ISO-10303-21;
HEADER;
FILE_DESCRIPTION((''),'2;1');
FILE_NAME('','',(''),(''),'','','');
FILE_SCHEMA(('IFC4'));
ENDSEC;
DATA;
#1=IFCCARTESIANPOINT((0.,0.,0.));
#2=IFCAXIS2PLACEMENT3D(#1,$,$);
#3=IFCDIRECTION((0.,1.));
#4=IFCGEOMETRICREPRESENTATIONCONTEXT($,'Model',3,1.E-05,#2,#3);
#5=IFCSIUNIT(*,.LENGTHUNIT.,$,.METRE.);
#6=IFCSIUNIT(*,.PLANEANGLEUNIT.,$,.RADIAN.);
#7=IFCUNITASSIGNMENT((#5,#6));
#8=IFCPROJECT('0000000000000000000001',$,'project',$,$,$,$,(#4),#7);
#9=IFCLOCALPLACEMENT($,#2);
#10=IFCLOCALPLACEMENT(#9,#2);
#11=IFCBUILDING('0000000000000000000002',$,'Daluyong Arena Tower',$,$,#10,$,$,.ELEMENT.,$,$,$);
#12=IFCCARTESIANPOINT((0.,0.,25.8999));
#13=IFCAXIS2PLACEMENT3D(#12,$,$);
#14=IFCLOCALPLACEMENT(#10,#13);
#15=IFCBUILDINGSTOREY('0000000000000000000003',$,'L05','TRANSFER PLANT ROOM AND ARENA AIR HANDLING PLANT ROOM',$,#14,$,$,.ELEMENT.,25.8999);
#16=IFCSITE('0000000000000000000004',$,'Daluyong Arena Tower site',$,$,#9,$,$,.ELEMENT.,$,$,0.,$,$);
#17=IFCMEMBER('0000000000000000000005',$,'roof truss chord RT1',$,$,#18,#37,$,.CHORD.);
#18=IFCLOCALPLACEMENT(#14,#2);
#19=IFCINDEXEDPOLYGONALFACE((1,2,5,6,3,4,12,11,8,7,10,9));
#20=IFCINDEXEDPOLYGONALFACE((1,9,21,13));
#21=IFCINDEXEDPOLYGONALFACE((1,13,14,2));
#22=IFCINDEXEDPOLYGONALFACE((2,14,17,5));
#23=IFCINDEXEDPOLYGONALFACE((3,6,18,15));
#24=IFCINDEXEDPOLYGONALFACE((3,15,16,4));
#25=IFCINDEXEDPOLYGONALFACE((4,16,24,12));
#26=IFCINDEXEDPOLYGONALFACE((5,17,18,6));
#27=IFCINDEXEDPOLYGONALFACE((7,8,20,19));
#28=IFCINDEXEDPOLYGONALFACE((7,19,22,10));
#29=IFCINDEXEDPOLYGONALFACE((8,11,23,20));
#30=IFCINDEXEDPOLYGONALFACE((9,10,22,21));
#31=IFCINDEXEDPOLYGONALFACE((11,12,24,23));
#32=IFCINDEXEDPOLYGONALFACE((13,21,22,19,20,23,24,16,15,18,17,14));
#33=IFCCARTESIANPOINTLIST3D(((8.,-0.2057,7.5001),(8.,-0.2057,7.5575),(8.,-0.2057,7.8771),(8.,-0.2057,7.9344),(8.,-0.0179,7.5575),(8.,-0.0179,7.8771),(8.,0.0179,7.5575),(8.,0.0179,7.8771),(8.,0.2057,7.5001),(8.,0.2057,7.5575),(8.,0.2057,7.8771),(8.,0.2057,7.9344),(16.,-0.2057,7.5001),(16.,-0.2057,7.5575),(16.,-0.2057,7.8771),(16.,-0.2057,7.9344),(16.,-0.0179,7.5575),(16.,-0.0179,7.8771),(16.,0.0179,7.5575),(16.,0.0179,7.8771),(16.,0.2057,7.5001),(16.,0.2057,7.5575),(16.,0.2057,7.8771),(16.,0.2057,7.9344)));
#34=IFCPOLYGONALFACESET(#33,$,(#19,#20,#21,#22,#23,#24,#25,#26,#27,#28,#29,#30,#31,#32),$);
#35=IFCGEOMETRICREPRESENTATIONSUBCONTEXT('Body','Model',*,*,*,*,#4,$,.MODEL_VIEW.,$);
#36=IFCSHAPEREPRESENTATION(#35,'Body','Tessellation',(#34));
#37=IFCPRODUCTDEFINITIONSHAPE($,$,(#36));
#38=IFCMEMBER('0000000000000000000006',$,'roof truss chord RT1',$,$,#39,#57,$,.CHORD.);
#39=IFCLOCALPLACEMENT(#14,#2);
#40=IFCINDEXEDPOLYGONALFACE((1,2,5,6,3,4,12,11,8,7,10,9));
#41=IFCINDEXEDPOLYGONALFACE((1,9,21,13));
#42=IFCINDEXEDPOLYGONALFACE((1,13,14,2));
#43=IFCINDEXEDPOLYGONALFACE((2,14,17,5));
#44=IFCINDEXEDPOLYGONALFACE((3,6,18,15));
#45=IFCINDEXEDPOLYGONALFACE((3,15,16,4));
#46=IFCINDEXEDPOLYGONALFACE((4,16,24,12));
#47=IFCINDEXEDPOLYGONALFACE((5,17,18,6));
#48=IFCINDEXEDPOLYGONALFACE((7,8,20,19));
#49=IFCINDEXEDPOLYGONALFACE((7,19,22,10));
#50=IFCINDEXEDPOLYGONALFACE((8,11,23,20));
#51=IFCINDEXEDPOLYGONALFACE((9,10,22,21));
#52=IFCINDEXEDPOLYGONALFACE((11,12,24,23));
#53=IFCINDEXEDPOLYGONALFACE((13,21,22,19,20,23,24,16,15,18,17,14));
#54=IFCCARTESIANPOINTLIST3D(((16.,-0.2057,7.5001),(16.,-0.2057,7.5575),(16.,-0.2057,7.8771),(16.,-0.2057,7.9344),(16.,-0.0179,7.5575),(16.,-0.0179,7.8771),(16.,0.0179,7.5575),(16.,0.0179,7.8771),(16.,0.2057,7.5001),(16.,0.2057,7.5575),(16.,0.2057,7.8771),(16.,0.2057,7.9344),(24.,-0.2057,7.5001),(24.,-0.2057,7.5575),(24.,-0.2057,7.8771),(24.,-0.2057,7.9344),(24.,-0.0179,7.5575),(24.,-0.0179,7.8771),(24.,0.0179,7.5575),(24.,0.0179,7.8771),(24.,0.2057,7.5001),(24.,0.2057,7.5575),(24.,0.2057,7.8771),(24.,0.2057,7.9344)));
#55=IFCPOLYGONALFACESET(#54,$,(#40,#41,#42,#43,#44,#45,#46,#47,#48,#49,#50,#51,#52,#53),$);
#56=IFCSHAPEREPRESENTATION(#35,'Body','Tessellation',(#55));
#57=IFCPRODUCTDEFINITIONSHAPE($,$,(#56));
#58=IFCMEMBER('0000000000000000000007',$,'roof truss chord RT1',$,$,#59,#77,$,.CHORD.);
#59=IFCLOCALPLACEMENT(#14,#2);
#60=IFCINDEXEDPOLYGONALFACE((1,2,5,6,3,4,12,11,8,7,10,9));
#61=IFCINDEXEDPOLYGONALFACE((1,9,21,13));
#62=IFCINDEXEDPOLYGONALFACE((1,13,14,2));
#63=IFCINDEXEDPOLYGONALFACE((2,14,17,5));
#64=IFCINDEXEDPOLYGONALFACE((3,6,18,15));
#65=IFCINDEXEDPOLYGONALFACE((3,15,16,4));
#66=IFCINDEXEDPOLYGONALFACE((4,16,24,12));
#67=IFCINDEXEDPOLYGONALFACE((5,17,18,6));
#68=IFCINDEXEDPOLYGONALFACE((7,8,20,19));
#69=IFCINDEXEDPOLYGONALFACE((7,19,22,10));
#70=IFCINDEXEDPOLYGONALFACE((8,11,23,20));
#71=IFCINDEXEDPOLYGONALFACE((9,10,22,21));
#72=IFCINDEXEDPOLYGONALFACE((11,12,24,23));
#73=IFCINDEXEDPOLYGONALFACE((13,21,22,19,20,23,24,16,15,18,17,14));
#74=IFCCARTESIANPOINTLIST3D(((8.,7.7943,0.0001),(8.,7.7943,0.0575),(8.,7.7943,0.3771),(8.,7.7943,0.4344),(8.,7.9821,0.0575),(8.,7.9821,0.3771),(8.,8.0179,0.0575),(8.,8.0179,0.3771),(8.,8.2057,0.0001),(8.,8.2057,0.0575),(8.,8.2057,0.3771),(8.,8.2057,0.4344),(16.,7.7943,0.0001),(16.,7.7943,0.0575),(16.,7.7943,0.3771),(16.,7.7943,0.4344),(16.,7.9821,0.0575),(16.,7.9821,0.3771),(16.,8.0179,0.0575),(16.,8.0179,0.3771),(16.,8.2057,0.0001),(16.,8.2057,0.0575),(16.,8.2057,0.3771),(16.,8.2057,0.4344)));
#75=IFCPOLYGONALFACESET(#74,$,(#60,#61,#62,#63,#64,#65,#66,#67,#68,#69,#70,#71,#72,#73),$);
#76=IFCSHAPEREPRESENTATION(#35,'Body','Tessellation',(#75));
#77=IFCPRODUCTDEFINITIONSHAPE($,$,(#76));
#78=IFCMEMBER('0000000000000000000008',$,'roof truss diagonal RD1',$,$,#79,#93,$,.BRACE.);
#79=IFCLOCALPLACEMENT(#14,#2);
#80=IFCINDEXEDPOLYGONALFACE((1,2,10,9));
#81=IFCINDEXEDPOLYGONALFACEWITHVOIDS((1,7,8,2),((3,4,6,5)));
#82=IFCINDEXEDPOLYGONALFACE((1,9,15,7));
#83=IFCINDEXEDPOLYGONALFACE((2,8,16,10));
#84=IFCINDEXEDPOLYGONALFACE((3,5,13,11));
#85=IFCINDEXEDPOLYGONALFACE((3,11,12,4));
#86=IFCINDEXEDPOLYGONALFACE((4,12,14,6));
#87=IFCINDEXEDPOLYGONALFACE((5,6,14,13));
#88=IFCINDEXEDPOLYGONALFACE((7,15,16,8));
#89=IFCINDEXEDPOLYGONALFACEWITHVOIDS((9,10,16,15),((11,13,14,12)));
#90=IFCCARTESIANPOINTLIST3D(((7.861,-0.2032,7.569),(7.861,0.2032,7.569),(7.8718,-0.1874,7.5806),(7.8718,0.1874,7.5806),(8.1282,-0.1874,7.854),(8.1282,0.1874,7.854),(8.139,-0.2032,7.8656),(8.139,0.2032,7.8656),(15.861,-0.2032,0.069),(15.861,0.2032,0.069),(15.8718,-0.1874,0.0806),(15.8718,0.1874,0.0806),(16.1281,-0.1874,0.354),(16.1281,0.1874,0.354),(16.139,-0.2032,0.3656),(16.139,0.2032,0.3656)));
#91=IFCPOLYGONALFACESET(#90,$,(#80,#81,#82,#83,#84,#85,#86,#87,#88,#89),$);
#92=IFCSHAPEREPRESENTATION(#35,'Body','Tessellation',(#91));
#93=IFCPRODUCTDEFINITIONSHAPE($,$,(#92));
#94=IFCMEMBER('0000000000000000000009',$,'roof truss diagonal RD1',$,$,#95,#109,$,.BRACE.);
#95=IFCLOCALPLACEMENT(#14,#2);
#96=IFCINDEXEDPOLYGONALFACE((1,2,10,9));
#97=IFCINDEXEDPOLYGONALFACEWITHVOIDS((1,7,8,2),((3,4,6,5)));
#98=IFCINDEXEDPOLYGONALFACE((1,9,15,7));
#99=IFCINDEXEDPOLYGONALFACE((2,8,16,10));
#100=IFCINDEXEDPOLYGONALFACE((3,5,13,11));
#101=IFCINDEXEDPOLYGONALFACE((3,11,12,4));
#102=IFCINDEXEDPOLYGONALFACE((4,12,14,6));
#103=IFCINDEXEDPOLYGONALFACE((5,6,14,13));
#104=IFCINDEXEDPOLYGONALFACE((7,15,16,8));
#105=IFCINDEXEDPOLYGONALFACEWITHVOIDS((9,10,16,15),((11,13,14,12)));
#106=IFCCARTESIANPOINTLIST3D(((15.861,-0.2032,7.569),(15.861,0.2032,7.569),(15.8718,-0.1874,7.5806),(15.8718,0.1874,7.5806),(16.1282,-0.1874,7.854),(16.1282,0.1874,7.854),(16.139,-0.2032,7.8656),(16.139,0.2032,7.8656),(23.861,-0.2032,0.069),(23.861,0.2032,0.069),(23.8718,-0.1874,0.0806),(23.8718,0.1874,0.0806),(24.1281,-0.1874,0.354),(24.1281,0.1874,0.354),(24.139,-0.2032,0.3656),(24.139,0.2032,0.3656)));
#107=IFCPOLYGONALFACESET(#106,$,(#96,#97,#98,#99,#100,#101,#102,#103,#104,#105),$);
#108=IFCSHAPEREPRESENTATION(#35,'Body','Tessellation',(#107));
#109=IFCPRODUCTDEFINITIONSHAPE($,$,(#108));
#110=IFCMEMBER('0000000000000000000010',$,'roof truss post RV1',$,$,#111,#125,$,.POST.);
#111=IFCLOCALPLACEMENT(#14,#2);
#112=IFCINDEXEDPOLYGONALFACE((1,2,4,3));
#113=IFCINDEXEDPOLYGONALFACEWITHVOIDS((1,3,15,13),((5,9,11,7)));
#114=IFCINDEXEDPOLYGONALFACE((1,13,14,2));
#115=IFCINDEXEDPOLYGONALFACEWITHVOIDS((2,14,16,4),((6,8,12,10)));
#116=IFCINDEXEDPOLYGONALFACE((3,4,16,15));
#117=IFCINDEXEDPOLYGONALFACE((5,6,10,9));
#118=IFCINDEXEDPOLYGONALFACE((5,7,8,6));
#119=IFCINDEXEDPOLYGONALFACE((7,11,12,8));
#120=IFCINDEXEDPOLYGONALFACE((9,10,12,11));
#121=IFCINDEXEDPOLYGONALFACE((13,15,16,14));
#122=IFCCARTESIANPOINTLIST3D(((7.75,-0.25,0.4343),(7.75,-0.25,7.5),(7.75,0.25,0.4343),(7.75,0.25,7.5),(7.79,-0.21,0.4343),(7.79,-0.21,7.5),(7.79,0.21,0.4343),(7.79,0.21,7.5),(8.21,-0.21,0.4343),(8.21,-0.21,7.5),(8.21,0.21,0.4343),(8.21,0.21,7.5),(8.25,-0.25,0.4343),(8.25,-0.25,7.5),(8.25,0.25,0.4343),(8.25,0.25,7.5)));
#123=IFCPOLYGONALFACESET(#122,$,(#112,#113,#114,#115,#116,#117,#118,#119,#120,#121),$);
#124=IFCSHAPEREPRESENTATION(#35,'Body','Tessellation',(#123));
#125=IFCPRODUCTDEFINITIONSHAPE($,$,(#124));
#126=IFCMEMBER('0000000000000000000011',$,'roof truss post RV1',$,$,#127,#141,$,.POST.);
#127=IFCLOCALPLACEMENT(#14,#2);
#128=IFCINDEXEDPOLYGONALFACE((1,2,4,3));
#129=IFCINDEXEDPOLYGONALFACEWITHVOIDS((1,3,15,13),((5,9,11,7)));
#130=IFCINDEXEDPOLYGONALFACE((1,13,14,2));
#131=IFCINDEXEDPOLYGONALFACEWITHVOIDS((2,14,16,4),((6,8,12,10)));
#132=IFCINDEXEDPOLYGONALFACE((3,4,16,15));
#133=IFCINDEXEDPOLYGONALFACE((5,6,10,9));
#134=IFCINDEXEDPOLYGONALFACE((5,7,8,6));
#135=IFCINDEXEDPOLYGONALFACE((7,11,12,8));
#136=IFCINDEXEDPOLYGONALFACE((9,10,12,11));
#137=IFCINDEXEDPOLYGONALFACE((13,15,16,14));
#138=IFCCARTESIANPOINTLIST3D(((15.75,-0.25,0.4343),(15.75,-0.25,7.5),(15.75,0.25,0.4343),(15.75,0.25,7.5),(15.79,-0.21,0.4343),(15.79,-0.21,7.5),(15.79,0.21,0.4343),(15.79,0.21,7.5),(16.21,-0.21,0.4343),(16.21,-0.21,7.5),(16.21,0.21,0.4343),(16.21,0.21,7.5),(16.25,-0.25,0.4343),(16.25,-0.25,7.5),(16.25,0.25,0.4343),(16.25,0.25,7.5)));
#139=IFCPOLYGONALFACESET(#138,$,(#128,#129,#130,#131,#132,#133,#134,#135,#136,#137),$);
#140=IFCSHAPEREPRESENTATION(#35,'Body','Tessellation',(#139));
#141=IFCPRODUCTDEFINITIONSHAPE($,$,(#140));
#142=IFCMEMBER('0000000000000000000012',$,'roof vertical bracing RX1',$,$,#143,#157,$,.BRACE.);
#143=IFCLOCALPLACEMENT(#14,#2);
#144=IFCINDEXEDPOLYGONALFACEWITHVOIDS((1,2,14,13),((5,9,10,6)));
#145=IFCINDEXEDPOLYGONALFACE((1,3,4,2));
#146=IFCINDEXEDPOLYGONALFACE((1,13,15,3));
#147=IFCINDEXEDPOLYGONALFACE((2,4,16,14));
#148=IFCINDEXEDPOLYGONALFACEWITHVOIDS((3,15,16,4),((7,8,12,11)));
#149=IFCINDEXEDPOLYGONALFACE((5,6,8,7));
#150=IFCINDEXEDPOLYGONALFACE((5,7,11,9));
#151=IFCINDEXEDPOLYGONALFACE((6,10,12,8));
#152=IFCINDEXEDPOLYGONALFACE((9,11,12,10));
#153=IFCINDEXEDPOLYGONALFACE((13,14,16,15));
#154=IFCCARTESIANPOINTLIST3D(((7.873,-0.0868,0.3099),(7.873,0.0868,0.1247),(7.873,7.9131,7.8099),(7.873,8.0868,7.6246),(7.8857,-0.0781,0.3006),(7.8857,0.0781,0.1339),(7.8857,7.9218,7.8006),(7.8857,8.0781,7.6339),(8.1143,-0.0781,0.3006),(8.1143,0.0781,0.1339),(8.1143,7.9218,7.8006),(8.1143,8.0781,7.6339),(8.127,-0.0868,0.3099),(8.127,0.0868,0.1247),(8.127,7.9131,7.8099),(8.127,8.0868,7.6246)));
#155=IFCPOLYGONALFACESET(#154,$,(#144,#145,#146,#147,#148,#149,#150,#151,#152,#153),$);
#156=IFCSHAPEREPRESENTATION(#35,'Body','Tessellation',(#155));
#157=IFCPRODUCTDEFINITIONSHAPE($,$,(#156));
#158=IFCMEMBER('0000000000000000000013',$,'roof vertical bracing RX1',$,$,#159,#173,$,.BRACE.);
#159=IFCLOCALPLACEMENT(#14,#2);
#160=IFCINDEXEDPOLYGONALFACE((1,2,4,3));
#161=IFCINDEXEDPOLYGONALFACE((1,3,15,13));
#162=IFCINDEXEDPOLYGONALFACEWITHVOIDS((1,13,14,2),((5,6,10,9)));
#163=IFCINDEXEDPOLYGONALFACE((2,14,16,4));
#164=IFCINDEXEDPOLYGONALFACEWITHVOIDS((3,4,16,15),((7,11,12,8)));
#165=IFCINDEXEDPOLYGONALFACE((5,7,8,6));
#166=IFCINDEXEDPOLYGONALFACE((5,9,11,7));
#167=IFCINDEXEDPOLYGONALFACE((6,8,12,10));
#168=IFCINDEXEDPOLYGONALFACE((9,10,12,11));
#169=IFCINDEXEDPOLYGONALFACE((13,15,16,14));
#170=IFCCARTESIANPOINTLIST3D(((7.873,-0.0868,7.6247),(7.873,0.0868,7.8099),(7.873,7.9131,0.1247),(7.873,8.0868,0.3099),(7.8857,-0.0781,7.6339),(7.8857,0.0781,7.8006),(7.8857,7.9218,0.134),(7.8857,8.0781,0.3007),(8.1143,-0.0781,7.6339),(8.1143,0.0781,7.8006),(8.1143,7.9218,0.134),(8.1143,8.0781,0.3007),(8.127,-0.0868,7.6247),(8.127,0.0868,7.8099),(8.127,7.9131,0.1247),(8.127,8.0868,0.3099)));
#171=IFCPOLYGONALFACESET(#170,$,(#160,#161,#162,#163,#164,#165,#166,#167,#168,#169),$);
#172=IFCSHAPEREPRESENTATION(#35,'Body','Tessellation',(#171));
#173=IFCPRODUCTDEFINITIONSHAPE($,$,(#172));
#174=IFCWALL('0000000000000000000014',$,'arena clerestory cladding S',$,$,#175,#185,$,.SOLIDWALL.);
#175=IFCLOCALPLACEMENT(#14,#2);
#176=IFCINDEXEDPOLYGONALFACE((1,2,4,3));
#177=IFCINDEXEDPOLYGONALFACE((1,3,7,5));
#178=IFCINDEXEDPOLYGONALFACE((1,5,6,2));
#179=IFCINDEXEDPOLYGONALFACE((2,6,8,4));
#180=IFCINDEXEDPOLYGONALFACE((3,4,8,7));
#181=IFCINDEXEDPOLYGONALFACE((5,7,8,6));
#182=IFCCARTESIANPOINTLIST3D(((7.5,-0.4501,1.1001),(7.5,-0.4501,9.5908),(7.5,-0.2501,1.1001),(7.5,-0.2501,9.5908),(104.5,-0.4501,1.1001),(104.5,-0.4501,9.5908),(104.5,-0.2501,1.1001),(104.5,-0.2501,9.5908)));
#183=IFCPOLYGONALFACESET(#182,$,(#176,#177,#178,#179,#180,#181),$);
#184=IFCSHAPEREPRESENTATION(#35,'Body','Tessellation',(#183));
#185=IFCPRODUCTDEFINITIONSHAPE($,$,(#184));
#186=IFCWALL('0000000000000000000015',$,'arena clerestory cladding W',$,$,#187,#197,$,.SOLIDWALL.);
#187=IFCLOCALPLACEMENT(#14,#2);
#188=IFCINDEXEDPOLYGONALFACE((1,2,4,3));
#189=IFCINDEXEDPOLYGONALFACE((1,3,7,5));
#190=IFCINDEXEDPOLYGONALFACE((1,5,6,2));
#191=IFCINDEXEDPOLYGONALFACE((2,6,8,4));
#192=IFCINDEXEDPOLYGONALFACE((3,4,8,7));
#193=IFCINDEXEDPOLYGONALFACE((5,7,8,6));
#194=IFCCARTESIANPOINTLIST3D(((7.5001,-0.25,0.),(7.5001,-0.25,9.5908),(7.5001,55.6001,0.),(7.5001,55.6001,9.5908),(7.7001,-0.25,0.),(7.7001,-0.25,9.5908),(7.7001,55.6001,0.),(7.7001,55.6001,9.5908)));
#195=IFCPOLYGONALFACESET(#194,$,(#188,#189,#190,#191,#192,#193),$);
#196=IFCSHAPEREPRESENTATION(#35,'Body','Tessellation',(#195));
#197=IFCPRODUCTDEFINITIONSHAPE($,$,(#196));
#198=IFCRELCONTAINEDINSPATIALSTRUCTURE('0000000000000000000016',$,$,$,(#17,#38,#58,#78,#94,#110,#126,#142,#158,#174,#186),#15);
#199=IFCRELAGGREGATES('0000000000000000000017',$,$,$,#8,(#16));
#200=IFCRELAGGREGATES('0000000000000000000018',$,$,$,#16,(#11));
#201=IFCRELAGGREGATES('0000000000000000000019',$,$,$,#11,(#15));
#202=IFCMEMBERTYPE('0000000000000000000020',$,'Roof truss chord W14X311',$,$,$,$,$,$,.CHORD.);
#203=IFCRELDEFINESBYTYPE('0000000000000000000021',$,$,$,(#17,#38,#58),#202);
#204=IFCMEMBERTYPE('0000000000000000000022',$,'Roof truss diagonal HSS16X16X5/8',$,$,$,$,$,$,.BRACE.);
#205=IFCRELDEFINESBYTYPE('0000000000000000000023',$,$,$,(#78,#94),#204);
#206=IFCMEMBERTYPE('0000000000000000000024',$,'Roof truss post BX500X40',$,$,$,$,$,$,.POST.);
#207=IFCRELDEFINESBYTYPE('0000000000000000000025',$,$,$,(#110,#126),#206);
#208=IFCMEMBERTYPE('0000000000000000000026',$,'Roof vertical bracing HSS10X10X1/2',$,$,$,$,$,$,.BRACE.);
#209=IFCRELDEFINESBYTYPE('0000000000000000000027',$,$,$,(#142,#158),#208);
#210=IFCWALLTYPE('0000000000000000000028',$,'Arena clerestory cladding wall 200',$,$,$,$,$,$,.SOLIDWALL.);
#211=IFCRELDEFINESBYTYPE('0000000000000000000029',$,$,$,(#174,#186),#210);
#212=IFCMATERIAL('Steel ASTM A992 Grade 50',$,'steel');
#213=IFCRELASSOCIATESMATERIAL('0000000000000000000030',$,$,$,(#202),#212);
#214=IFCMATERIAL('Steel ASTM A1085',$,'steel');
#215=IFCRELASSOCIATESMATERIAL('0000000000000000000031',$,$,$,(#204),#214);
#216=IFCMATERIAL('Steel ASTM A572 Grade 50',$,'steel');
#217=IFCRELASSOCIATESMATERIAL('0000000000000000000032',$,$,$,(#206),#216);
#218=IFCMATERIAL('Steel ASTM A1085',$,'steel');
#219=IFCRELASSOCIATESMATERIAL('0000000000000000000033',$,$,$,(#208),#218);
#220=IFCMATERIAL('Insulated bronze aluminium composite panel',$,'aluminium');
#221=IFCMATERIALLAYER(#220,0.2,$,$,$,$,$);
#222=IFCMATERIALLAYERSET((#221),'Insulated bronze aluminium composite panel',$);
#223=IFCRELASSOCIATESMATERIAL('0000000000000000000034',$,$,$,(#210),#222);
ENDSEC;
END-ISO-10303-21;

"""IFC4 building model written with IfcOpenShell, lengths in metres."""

from ifc_helpers import new_model, si_unit, direction, frame, frame_2d, origin, origin_2d, place, context, subcontext, project, spatial, rectangle, hollow_rectangle, i_section, extrude, material, layer, layer_set, material_profile, profile_set, type_object, element, save


model = new_model("IFC4")

# Units and contexts
model_context = context("Model", 3, precision=1e-05, world=origin(), true_north=direction((0.0, 1.0)))
body_context = subcontext(model_context, "Body", "Model", "MODEL_VIEW")
ifc_project = project(units=[si_unit("LENGTHUNIT", "METRE"), si_unit("PLANEANGLEUNIT", "RADIAN")], contexts=[model_context])

# Site, building, storey
site_placement = place(None, origin())
site = spatial("IfcSite", under=ifc_project, at=site_placement, Name="Daluyong Arena Tower site", CompositionType="ELEMENT", RefElevation=0.0)
building_placement = place(site_placement, origin())
building = spatial("IfcBuilding", under=site, at=building_placement, Name="Daluyong Arena Tower", CompositionType="ELEMENT")
storey_placement = place(building_placement, frame((0.0, 0.0, 25.8999)))
storey = spatial("IfcBuildingStorey", under=building, at=storey_placement, Name="L05", Description="TRANSFER PLANT ROOM AND ARENA AIR HANDLING PLANT ROOM", CompositionType="ELEMENT", Elevation=25.8999)

# Members
ifc_material_1 = material(Name="Steel ASTM A992 Grade 50", Category="steel")
ifc_material_profile_1 = material_profile(ifc_material_1, i_section(OverallWidth=0.4114, OverallDepth=0.4343, WebThickness=0.0359, FlangeThickness=0.0574, at=origin_2d()))
ifc_profile_set_1 = profile_set([ifc_material_profile_1], Name="Steel ASTM A992 Grade 50")
member_type_1 = type_object("IfcMemberType", Name="Roof truss chord W14X311", PredefinedType="CHORD", material=ifc_profile_set_1)
for number, where, z_axis, x_axis, name in (
    (1, (8.0, 0.0, 7.7173), (1.0, 0.0, 0.0), (0.0, 1.0, 0.0), "roof truss chord RT1"),
    (2, (16.0, 0.0, 7.7173), (1.0, 0.0, 0.0), (0.0, 1.0, 0.0), "roof truss chord RT1"),
    (3, (8.0, 8.0, 0.2173), (1.0, 0.0, 0.0), (0.0, 1.0, 0.0), "roof truss chord RT1"),
):
    element("IfcMember", number, at=place(storey_placement, frame(where, z_axis=z_axis, x_axis=x_axis)), inside=storey, type_object=member_type_1, Name=name, PredefinedType="CHORD", context=body_context, shape_type="SweptSolid", body=[
        extrude(i_section(OverallWidth=0.4114, OverallDepth=0.4343, WebThickness=0.0359, FlangeThickness=0.0574, at=origin_2d()), origin(), (0.0, 0.0, 1.0), 8.0),
    ])
ifc_material_2 = material(Name="Steel ASTM A1085", Category="steel")
ifc_material_profile_2 = material_profile(ifc_material_2, hollow_rectangle(XDim=0.4065, YDim=0.4065, WallThickness=0.0159, at=origin_2d()))
ifc_profile_set_2 = profile_set([ifc_material_profile_2], Name="Steel ASTM A1085")
member_type_2 = type_object("IfcMemberType", Name="Roof truss diagonal HSS16X16X5/8", PredefinedType="BRACE", material=ifc_profile_set_2)
for number, where, z_axis, x_axis, name in (
    (4, (8.0, 0.0, 7.7173), (0.729537, 0.0, -0.683941), (0.0, 1.0, 0.0), "roof truss diagonal RD1"),
    (5, (16.0, 0.0, 7.7173), (0.729537, 0.0, -0.683941), (0.0, 1.0, 0.0), "roof truss diagonal RD1"),
):
    element("IfcMember", number, at=place(storey_placement, frame(where, z_axis=z_axis, x_axis=x_axis)), inside=storey, type_object=member_type_2, Name=name, PredefinedType="BRACE", context=body_context, shape_type="SweptSolid", body=[
        extrude(hollow_rectangle(XDim=0.4065, YDim=0.4065, WallThickness=0.0159, at=origin_2d()), origin(), (0.0, 0.0, 1.0), 10.9658),
    ])
ifc_material_3 = material(Name="Steel ASTM A572 Grade 50", Category="steel")
ifc_material_profile_3 = material_profile(ifc_material_3, hollow_rectangle(XDim=0.5, YDim=0.5, WallThickness=0.04, at=origin_2d()))
ifc_profile_set_3 = profile_set([ifc_material_profile_3], Name="Steel ASTM A572 Grade 50")
member_type_3 = type_object("IfcMemberType", Name="Roof truss post BX500X40", PredefinedType="POST", material=ifc_profile_set_3)
for number, where, z_axis, x_axis, name in (
    (6, (8.0, 0.0, 0.4343), (0.0, 0.0, 1.0), (1.0, 0.0, 0.0), "roof truss post RV1"),
    (7, (16.0, 0.0, 0.4343), (0.0, 0.0, 1.0), (1.0, 0.0, 0.0), "roof truss post RV1"),
):
    element("IfcMember", number, at=place(storey_placement, frame(where, z_axis=z_axis, x_axis=x_axis)), inside=storey, type_object=member_type_3, Name=name, PredefinedType="POST", context=body_context, shape_type="SweptSolid", body=[
        extrude(hollow_rectangle(XDim=0.5, YDim=0.5, WallThickness=0.04, at=origin_2d()), origin(), (0.0, 0.0, 1.0), 7.0657),
    ])
ifc_material_4 = material(Name="Steel ASTM A1085", Category="steel")
ifc_material_profile_4 = material_profile(ifc_material_4, hollow_rectangle(XDim=0.2539, YDim=0.2539, WallThickness=0.0127, at=origin_2d()))
ifc_profile_set_4 = profile_set([ifc_material_profile_4], Name="Steel ASTM A1085")
member_type_4 = type_object("IfcMemberType", Name="Roof vertical bracing HSS10X10X1/2", PredefinedType="BRACE", material=ifc_profile_set_4)
for number, where, z_axis, x_axis, name in (
    (8, (8.0, 0.0, 0.2173), (0.0, 0.729537, 0.683941), (-1.0, 0.0, 0.0), "roof vertical bracing RX1"),
    (9, (8.0, 0.0, 7.7173), (0.0, 0.729537, -0.683941), (-1.0, 0.0, 0.0), "roof vertical bracing RX1"),
):
    element("IfcMember", number, at=place(storey_placement, frame(where, z_axis=z_axis, x_axis=x_axis)), inside=storey, type_object=member_type_4, Name=name, PredefinedType="BRACE", context=body_context, shape_type="SweptSolid", body=[
        extrude(hollow_rectangle(XDim=0.2539, YDim=0.2539, WallThickness=0.0127, at=origin_2d()), origin(), (0.0, 0.0, 1.0), 10.9658),
    ])

# Walls
ifc_material_5 = material(Name="Insulated bronze aluminium composite panel", Category="aluminium")
ifc_layer = layer(ifc_material_5, 0.2)
ifc_layer_set = layer_set([ifc_layer], Name="Insulated bronze aluminium composite panel")
wall_type = type_object("IfcWallType", Name="Arena clerestory cladding wall 200", PredefinedType="SOLIDWALL", material=ifc_layer_set)
wall_1_placement = place(storey_placement, frame((7.5, -0.3501, 1.1001), z_axis=(0.0, 0.0, 1.0), x_axis=(1.0, 0.0, 0.0)))
element("IfcWall", 10, at=wall_1_placement, inside=storey, type_object=wall_type, Name="arena clerestory cladding S", PredefinedType="SOLIDWALL", context=body_context, shape_type="SweptSolid", body=[
    extrude(rectangle(XDim=97.0, YDim=0.2, at=frame_2d((48.5, 0.0))), origin(), (0.0, 0.0, 1.0), 8.4907),
])
wall_2_placement = place(storey_placement, frame((7.6001, -0.25, 0.0), z_axis=(0.0, 0.0, 1.0), x_axis=(0.0, 1.0, 0.0)))
element("IfcWall", 11, at=wall_2_placement, inside=storey, type_object=wall_type, Name="arena clerestory cladding W", PredefinedType="SOLIDWALL", context=body_context, shape_type="SweptSolid", body=[
    extrude(rectangle(XDim=55.8501, YDim=0.2, at=frame_2d((27.925, 0.0))), origin(), (0.0, 0.0, 1.0), 9.5908),
])

save(model, "model.ifc")
